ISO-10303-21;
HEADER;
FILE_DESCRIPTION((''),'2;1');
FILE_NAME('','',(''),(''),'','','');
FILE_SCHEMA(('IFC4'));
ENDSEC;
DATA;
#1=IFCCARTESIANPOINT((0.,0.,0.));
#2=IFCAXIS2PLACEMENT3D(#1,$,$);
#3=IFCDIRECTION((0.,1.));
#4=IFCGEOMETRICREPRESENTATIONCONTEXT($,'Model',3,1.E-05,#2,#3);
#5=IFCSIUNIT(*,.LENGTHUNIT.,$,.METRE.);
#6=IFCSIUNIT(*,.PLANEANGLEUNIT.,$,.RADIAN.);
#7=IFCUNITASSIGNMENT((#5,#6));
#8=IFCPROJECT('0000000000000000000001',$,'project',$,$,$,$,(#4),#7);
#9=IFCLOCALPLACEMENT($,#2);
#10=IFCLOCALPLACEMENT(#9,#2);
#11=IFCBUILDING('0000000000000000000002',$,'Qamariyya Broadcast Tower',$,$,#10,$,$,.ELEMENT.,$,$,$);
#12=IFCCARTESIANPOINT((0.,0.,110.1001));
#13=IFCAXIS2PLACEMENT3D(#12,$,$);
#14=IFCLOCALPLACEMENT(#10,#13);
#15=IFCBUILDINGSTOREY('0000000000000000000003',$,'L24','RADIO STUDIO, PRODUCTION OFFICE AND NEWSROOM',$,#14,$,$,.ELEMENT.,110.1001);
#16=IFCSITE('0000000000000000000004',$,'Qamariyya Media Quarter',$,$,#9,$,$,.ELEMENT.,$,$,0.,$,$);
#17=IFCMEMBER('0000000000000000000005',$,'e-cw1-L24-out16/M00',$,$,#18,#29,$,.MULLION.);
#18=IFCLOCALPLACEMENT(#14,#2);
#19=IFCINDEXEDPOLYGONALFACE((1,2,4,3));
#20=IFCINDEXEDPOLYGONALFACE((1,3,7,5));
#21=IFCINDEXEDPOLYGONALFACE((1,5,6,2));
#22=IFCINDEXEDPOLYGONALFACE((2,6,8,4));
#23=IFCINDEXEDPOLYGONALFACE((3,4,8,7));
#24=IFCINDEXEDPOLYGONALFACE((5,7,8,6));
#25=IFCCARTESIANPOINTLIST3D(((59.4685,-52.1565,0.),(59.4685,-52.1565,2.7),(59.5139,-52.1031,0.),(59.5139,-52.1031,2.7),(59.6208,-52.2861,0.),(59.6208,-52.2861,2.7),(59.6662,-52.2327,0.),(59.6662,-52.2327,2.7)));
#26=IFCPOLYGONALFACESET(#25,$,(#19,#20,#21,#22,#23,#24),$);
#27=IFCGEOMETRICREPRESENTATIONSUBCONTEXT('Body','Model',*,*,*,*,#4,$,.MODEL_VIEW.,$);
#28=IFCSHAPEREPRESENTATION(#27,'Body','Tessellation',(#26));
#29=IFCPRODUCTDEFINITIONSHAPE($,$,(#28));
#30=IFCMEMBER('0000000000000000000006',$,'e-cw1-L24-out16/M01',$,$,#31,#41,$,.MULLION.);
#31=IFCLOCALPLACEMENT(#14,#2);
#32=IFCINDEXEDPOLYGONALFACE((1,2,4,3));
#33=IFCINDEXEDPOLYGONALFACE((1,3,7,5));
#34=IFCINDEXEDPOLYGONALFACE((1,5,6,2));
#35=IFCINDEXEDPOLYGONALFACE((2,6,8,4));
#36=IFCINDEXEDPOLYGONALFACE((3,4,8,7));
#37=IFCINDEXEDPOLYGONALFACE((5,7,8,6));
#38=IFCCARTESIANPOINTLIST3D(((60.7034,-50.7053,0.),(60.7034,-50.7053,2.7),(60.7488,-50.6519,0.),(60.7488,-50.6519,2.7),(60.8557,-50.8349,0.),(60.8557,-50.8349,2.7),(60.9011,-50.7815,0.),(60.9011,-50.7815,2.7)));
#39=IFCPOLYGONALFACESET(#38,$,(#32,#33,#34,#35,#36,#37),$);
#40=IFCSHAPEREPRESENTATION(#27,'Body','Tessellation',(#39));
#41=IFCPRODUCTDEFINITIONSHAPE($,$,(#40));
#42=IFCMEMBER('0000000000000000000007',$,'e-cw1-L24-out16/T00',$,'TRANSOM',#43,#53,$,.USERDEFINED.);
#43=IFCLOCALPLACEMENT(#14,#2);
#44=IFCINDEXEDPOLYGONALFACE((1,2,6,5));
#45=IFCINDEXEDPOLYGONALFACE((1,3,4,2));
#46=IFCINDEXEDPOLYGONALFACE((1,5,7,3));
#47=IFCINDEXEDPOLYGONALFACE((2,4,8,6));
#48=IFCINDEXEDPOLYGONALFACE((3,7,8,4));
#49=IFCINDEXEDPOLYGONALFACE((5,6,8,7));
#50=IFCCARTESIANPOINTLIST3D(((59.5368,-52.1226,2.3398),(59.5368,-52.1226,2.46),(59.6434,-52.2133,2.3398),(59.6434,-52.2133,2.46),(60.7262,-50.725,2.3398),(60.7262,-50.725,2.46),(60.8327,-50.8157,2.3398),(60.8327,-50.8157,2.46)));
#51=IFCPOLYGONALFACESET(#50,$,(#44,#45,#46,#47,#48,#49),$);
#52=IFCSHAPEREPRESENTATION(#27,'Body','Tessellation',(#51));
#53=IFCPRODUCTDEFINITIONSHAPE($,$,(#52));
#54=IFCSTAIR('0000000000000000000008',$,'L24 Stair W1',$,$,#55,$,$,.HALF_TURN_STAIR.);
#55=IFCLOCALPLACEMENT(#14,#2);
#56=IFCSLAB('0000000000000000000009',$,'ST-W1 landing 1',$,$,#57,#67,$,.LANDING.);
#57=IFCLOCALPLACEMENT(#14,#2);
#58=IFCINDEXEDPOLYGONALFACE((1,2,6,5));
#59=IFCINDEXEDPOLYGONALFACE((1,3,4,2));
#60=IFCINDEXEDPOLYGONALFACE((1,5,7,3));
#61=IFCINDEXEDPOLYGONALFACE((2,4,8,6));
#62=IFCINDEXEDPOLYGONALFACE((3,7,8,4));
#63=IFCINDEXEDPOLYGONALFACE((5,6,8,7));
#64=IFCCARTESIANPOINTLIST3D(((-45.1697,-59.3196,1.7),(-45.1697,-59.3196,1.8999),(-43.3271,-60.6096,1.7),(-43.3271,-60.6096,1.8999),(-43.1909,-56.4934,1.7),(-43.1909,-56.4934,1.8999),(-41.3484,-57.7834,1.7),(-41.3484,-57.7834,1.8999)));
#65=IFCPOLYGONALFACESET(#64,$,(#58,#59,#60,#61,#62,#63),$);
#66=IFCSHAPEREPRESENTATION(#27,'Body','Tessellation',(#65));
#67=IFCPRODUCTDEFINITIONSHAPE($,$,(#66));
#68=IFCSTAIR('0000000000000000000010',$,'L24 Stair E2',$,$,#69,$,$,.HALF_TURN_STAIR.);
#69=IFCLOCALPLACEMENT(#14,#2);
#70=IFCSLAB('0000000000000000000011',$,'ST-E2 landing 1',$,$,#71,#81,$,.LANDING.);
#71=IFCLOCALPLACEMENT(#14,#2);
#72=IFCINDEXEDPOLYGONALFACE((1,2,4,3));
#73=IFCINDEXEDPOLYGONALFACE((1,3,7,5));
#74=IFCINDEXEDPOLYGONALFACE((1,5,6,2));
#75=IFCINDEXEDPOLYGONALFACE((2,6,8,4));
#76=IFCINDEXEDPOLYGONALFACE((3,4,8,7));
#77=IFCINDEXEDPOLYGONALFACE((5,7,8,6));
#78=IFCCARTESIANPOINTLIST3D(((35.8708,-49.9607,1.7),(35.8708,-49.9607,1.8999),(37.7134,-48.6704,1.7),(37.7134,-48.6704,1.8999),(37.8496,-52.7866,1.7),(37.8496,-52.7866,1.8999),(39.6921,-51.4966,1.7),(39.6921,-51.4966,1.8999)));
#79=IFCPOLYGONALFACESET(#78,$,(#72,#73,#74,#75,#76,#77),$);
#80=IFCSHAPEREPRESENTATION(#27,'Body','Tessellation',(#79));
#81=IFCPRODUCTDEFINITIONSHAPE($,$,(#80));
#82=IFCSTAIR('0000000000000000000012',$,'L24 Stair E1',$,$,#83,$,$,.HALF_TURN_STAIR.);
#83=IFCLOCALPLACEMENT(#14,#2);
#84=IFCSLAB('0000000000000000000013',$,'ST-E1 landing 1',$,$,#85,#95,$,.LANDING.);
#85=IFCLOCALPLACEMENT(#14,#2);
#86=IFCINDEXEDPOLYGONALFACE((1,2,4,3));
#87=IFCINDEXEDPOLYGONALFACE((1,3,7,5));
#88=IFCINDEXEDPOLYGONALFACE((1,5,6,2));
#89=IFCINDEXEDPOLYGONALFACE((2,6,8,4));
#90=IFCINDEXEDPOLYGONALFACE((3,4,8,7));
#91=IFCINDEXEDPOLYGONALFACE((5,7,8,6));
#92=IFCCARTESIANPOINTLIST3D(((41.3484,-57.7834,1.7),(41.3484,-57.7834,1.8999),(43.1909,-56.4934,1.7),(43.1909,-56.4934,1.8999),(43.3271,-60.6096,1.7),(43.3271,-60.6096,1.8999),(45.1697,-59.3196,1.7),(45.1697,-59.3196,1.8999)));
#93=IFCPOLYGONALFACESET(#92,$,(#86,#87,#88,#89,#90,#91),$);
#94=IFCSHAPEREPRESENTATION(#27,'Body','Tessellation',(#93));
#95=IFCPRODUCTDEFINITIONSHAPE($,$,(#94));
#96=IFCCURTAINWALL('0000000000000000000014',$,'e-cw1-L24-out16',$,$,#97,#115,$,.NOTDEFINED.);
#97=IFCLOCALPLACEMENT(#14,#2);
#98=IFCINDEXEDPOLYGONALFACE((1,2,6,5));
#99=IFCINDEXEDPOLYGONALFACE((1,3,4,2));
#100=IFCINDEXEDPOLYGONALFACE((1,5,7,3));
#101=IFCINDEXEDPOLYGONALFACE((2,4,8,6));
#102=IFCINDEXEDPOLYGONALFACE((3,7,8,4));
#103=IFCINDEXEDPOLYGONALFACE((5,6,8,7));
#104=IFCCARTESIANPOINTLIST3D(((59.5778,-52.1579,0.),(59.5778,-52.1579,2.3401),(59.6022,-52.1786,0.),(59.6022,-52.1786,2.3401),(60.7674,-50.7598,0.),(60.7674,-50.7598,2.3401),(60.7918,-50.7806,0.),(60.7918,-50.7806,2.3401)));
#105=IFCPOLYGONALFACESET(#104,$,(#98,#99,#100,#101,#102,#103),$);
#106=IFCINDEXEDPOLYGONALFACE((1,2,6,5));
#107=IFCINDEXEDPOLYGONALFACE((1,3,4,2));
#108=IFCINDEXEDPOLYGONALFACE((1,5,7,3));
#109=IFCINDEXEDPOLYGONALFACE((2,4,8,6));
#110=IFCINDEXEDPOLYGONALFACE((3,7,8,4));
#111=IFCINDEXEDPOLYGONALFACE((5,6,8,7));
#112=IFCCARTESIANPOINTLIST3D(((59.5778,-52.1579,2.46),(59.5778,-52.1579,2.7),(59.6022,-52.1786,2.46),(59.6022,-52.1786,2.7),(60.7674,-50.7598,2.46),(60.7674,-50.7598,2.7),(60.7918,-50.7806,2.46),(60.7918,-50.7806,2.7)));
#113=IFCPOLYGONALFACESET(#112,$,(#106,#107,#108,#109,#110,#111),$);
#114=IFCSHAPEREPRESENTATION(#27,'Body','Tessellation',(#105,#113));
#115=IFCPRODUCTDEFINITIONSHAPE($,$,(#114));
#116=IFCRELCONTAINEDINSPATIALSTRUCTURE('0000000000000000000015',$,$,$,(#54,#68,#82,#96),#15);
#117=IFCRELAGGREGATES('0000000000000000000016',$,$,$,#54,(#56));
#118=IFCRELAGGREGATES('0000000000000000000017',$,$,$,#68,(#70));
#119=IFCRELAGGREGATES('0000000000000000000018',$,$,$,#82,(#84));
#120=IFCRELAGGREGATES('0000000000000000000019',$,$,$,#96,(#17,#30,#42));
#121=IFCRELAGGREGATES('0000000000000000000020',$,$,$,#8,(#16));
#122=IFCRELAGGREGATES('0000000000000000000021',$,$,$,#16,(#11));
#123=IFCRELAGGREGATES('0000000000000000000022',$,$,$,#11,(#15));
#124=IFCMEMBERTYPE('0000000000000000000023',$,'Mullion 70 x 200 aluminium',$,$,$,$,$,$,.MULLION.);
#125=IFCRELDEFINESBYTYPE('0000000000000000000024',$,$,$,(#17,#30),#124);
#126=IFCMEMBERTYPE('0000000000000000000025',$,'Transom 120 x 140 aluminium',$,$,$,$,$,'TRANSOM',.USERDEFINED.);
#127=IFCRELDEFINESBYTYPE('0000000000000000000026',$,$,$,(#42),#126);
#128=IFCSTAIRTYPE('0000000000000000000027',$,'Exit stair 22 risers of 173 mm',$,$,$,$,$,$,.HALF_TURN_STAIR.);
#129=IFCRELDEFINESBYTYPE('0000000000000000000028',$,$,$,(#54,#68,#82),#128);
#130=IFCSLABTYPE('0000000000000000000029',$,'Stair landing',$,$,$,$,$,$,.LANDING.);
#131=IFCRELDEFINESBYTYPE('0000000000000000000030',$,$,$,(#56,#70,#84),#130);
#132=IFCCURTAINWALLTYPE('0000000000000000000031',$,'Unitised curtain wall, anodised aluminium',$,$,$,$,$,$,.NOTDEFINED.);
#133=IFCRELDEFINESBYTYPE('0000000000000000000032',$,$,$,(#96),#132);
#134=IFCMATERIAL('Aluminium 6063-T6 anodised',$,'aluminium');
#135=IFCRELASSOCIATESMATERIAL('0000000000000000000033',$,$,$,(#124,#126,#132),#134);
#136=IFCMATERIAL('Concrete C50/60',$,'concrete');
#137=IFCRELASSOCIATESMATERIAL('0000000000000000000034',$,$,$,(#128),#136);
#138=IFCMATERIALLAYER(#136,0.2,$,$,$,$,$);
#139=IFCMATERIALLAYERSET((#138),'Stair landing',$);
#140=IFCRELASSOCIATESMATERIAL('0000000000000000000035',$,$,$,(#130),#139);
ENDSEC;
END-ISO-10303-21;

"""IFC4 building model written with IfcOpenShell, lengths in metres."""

from ifc_helpers import new_model, si_unit, direction, frame, origin, origin_2d, place, context, subcontext, project, spatial, polyline, rectangle, outline, extrude, material, layer, layer_set, material_profile, profile_set, type_object, element, aggregate, save


model = new_model("IFC4")

# Units and contexts
model_context = context("Model", 3, precision=1e-05, world=origin(), true_north=direction((0.0, 1.0)))
body_context = subcontext(model_context, "Body", "Model", "MODEL_VIEW")
ifc_project = project(units=[si_unit("LENGTHUNIT", "METRE"), si_unit("PLANEANGLEUNIT", "RADIAN")], contexts=[model_context])

# Members
ifc_material_1 = material(Name="Aluminium 6063-T6 anodised", Category="aluminium")
ifc_material_profile_1 = material_profile(ifc_material_1, rectangle(XDim=0.2, YDim=0.0701, at=origin_2d()))
ifc_profile_set_1 = profile_set([ifc_material_profile_1], Name="Aluminium 6063-T6 anodised")
member_type_1 = type_object("IfcMemberType", Name="Mullion 70 x 200 aluminium", PredefinedType="MULLION", material=ifc_profile_set_1)
site_placement = place(None, origin())
building_placement = place(site_placement, origin())
storey_placement = place(building_placement, frame((0.0, 0.0, 110.1001)))
member_1_placement = place(storey_placement, frame((59.5674, -52.1946, 0.0), z_axis=(0.0, 0.0, 1.0), x_axis=(-0.76157, 0.648083, 0.0)))
member_1 = element("IfcMember", 1, at=member_1_placement, type_object=member_type_1, Name="e-cw1-L24-out16/M00", PredefinedType="MULLION", context=body_context, shape_type="SweptSolid", body=[
    extrude(rectangle(XDim=0.2, YDim=0.0701, at=origin_2d()), origin(), (0.0, 0.0, 1.0), 2.7),
])
member_2_placement = place(storey_placement, frame((60.8022, -50.7434, 0.0), z_axis=(0.0, 0.0, 1.0), x_axis=(-0.76157, 0.648083, 0.0)))
member_2 = element("IfcMember", 2, at=member_2_placement, type_object=member_type_1, Name="e-cw1-L24-out16/M01", PredefinedType="MULLION", context=body_context, shape_type="SweptSolid", body=[
    extrude(rectangle(XDim=0.2, YDim=0.0701, at=origin_2d()), origin(), (0.0, 0.0, 1.0), 2.7),
])
ifc_material_profile_2 = material_profile(ifc_material_1, rectangle(XDim=0.1399, YDim=0.1201, at=origin_2d()))
ifc_profile_set_2 = profile_set([ifc_material_profile_2], Name="Aluminium 6063-T6 anodised")
member_type_2 = type_object("IfcMemberType", Name="Transom 120 x 140 aluminium", ElementType="TRANSOM", PredefinedType="USERDEFINED", material=ifc_profile_set_2)
member_3_placement = place(storey_placement, frame((59.5901, -52.168, 2.3999), z_axis=(0.648092, 0.761562, 0.0), x_axis=(-0.761562, 0.648092, 0.0)))
member_3 = element("IfcMember", 3, at=member_3_placement, type_object=member_type_2, Name="e-cw1-L24-out16/T00", ObjectType="TRANSOM", PredefinedType="USERDEFINED", context=body_context, shape_type="SweptSolid", body=[
    extrude(rectangle(XDim=0.1399, YDim=0.1201, at=origin_2d()), origin(), (0.0, 0.0, 1.0), 1.8352),
])

# Site, building, storey
site = spatial("IfcSite", under=ifc_project, at=site_placement, Name="Qamariyya Media Quarter", CompositionType="ELEMENT", RefElevation=0.0)
building = spatial("IfcBuilding", under=site, at=building_placement, Name="Qamariyya Broadcast Tower", CompositionType="ELEMENT")
storey = spatial("IfcBuildingStorey", under=building, at=storey_placement, Name="L24", Description="RADIO STUDIO, PRODUCTION OFFICE AND NEWSROOM", CompositionType="ELEMENT", Elevation=110.1001)

# Stairs, slabs
ifc_material_2 = material(Name="Concrete C50/60", Category="concrete")
stair_type = type_object("IfcStairType", Name="Exit stair 22 risers of 173 mm", PredefinedType="HALF_TURN_STAIR", material=ifc_material_2)
stair_1_placement = place(storey_placement, origin())
stair_1 = element("IfcStair", 4, at=stair_1_placement, inside=storey, type_object=stair_type, Name="L24 Stair W1", PredefinedType="HALF_TURN_STAIR")
ifc_layer = layer(ifc_material_2, 0.2)
ifc_layer_set = layer_set([ifc_layer], Name="Stair landing")
slab_type = type_object("IfcSlabType", Name="Stair landing", PredefinedType="LANDING", material=ifc_layer_set)
slab_1_placement = place(storey_placement, frame((0.0, 0.0, 1.7)))
slab_1 = element("IfcSlab", 5, at=slab_1_placement, type_object=slab_type, Name="ST-W1 landing 1", PredefinedType="LANDING", context=body_context, shape_type="SweptSolid", body=[
    extrude(outline(polyline([(-45.1697, -59.3196), (-43.3271, -60.6096), (-41.3484, -57.7834), (-43.1909, -56.4934), (-45.1697, -59.3196)])), origin(), (0.0, 0.0, 1.0), 0.2),
])
aggregate(stair_1, [slab_1])
stair_2_placement = place(storey_placement, origin())
stair_2 = element("IfcStair", 6, at=stair_2_placement, inside=storey, type_object=stair_type, Name="L24 Stair E2", PredefinedType="HALF_TURN_STAIR")
slab_2_placement = place(storey_placement, frame((0.0, 0.0, 1.7)))
slab_2 = element("IfcSlab", 7, at=slab_2_placement, type_object=slab_type, Name="ST-E2 landing 1", PredefinedType="LANDING", context=body_context, shape_type="SweptSolid", body=[
    extrude(outline(polyline([(37.7134, -48.6704), (35.8708, -49.9607), (37.8496, -52.7866), (39.6921, -51.4966), (37.7134, -48.6704)])), origin(), (0.0, 0.0, 1.0), 0.2),
])
aggregate(stair_2, [slab_2])
stair_3_placement = place(storey_placement, origin())
stair_3 = element("IfcStair", 8, at=stair_3_placement, inside=storey, type_object=stair_type, Name="L24 Stair E1", PredefinedType="HALF_TURN_STAIR")
slab_3_placement = place(storey_placement, frame((0.0, 0.0, 1.7)))
slab_3 = element("IfcSlab", 9, at=slab_3_placement, type_object=slab_type, Name="ST-E1 landing 1", PredefinedType="LANDING", context=body_context, shape_type="SweptSolid", body=[
    extrude(outline(polyline([(43.1909, -56.4934), (41.3484, -57.7834), (43.3271, -60.6096), (45.1697, -59.3196), (43.1909, -56.4934)])), origin(), (0.0, 0.0, 1.0), 0.2),
])
aggregate(stair_3, [slab_3])

# Curtain wall
curtain_wall_type = type_object("IfcCurtainWallType", Name="Unitised curtain wall, anodised aluminium", PredefinedType="NOTDEFINED", material=ifc_material_1)
curtain_wall_1_placement = place(storey_placement, origin())
curtain_wall_1 = element("IfcCurtainWall", 10, at=curtain_wall_1_placement, inside=storey, type_object=curtain_wall_type, Name="e-cw1-L24-out16", PredefinedType="NOTDEFINED", context=body_context, shape_type="SweptSolid", body=[
    extrude(rectangle(XDim=1.8357, YDim=0.032, at=origin_2d()), frame((60.1848, -51.4692, 0.0), x_axis=(0.648039, 0.761607, 0.0)), (0.0, 0.0, 1.0), 2.3401),
    extrude(rectangle(XDim=1.8357, YDim=0.032, at=origin_2d()), frame((60.1848, -51.4692, 2.46), x_axis=(0.648039, 0.761607, 0.0)), (0.0, 0.0, 1.0), 0.24),
])
aggregate(curtain_wall_1, [member_1, member_2, member_3])

save(model, "model.ifc")
